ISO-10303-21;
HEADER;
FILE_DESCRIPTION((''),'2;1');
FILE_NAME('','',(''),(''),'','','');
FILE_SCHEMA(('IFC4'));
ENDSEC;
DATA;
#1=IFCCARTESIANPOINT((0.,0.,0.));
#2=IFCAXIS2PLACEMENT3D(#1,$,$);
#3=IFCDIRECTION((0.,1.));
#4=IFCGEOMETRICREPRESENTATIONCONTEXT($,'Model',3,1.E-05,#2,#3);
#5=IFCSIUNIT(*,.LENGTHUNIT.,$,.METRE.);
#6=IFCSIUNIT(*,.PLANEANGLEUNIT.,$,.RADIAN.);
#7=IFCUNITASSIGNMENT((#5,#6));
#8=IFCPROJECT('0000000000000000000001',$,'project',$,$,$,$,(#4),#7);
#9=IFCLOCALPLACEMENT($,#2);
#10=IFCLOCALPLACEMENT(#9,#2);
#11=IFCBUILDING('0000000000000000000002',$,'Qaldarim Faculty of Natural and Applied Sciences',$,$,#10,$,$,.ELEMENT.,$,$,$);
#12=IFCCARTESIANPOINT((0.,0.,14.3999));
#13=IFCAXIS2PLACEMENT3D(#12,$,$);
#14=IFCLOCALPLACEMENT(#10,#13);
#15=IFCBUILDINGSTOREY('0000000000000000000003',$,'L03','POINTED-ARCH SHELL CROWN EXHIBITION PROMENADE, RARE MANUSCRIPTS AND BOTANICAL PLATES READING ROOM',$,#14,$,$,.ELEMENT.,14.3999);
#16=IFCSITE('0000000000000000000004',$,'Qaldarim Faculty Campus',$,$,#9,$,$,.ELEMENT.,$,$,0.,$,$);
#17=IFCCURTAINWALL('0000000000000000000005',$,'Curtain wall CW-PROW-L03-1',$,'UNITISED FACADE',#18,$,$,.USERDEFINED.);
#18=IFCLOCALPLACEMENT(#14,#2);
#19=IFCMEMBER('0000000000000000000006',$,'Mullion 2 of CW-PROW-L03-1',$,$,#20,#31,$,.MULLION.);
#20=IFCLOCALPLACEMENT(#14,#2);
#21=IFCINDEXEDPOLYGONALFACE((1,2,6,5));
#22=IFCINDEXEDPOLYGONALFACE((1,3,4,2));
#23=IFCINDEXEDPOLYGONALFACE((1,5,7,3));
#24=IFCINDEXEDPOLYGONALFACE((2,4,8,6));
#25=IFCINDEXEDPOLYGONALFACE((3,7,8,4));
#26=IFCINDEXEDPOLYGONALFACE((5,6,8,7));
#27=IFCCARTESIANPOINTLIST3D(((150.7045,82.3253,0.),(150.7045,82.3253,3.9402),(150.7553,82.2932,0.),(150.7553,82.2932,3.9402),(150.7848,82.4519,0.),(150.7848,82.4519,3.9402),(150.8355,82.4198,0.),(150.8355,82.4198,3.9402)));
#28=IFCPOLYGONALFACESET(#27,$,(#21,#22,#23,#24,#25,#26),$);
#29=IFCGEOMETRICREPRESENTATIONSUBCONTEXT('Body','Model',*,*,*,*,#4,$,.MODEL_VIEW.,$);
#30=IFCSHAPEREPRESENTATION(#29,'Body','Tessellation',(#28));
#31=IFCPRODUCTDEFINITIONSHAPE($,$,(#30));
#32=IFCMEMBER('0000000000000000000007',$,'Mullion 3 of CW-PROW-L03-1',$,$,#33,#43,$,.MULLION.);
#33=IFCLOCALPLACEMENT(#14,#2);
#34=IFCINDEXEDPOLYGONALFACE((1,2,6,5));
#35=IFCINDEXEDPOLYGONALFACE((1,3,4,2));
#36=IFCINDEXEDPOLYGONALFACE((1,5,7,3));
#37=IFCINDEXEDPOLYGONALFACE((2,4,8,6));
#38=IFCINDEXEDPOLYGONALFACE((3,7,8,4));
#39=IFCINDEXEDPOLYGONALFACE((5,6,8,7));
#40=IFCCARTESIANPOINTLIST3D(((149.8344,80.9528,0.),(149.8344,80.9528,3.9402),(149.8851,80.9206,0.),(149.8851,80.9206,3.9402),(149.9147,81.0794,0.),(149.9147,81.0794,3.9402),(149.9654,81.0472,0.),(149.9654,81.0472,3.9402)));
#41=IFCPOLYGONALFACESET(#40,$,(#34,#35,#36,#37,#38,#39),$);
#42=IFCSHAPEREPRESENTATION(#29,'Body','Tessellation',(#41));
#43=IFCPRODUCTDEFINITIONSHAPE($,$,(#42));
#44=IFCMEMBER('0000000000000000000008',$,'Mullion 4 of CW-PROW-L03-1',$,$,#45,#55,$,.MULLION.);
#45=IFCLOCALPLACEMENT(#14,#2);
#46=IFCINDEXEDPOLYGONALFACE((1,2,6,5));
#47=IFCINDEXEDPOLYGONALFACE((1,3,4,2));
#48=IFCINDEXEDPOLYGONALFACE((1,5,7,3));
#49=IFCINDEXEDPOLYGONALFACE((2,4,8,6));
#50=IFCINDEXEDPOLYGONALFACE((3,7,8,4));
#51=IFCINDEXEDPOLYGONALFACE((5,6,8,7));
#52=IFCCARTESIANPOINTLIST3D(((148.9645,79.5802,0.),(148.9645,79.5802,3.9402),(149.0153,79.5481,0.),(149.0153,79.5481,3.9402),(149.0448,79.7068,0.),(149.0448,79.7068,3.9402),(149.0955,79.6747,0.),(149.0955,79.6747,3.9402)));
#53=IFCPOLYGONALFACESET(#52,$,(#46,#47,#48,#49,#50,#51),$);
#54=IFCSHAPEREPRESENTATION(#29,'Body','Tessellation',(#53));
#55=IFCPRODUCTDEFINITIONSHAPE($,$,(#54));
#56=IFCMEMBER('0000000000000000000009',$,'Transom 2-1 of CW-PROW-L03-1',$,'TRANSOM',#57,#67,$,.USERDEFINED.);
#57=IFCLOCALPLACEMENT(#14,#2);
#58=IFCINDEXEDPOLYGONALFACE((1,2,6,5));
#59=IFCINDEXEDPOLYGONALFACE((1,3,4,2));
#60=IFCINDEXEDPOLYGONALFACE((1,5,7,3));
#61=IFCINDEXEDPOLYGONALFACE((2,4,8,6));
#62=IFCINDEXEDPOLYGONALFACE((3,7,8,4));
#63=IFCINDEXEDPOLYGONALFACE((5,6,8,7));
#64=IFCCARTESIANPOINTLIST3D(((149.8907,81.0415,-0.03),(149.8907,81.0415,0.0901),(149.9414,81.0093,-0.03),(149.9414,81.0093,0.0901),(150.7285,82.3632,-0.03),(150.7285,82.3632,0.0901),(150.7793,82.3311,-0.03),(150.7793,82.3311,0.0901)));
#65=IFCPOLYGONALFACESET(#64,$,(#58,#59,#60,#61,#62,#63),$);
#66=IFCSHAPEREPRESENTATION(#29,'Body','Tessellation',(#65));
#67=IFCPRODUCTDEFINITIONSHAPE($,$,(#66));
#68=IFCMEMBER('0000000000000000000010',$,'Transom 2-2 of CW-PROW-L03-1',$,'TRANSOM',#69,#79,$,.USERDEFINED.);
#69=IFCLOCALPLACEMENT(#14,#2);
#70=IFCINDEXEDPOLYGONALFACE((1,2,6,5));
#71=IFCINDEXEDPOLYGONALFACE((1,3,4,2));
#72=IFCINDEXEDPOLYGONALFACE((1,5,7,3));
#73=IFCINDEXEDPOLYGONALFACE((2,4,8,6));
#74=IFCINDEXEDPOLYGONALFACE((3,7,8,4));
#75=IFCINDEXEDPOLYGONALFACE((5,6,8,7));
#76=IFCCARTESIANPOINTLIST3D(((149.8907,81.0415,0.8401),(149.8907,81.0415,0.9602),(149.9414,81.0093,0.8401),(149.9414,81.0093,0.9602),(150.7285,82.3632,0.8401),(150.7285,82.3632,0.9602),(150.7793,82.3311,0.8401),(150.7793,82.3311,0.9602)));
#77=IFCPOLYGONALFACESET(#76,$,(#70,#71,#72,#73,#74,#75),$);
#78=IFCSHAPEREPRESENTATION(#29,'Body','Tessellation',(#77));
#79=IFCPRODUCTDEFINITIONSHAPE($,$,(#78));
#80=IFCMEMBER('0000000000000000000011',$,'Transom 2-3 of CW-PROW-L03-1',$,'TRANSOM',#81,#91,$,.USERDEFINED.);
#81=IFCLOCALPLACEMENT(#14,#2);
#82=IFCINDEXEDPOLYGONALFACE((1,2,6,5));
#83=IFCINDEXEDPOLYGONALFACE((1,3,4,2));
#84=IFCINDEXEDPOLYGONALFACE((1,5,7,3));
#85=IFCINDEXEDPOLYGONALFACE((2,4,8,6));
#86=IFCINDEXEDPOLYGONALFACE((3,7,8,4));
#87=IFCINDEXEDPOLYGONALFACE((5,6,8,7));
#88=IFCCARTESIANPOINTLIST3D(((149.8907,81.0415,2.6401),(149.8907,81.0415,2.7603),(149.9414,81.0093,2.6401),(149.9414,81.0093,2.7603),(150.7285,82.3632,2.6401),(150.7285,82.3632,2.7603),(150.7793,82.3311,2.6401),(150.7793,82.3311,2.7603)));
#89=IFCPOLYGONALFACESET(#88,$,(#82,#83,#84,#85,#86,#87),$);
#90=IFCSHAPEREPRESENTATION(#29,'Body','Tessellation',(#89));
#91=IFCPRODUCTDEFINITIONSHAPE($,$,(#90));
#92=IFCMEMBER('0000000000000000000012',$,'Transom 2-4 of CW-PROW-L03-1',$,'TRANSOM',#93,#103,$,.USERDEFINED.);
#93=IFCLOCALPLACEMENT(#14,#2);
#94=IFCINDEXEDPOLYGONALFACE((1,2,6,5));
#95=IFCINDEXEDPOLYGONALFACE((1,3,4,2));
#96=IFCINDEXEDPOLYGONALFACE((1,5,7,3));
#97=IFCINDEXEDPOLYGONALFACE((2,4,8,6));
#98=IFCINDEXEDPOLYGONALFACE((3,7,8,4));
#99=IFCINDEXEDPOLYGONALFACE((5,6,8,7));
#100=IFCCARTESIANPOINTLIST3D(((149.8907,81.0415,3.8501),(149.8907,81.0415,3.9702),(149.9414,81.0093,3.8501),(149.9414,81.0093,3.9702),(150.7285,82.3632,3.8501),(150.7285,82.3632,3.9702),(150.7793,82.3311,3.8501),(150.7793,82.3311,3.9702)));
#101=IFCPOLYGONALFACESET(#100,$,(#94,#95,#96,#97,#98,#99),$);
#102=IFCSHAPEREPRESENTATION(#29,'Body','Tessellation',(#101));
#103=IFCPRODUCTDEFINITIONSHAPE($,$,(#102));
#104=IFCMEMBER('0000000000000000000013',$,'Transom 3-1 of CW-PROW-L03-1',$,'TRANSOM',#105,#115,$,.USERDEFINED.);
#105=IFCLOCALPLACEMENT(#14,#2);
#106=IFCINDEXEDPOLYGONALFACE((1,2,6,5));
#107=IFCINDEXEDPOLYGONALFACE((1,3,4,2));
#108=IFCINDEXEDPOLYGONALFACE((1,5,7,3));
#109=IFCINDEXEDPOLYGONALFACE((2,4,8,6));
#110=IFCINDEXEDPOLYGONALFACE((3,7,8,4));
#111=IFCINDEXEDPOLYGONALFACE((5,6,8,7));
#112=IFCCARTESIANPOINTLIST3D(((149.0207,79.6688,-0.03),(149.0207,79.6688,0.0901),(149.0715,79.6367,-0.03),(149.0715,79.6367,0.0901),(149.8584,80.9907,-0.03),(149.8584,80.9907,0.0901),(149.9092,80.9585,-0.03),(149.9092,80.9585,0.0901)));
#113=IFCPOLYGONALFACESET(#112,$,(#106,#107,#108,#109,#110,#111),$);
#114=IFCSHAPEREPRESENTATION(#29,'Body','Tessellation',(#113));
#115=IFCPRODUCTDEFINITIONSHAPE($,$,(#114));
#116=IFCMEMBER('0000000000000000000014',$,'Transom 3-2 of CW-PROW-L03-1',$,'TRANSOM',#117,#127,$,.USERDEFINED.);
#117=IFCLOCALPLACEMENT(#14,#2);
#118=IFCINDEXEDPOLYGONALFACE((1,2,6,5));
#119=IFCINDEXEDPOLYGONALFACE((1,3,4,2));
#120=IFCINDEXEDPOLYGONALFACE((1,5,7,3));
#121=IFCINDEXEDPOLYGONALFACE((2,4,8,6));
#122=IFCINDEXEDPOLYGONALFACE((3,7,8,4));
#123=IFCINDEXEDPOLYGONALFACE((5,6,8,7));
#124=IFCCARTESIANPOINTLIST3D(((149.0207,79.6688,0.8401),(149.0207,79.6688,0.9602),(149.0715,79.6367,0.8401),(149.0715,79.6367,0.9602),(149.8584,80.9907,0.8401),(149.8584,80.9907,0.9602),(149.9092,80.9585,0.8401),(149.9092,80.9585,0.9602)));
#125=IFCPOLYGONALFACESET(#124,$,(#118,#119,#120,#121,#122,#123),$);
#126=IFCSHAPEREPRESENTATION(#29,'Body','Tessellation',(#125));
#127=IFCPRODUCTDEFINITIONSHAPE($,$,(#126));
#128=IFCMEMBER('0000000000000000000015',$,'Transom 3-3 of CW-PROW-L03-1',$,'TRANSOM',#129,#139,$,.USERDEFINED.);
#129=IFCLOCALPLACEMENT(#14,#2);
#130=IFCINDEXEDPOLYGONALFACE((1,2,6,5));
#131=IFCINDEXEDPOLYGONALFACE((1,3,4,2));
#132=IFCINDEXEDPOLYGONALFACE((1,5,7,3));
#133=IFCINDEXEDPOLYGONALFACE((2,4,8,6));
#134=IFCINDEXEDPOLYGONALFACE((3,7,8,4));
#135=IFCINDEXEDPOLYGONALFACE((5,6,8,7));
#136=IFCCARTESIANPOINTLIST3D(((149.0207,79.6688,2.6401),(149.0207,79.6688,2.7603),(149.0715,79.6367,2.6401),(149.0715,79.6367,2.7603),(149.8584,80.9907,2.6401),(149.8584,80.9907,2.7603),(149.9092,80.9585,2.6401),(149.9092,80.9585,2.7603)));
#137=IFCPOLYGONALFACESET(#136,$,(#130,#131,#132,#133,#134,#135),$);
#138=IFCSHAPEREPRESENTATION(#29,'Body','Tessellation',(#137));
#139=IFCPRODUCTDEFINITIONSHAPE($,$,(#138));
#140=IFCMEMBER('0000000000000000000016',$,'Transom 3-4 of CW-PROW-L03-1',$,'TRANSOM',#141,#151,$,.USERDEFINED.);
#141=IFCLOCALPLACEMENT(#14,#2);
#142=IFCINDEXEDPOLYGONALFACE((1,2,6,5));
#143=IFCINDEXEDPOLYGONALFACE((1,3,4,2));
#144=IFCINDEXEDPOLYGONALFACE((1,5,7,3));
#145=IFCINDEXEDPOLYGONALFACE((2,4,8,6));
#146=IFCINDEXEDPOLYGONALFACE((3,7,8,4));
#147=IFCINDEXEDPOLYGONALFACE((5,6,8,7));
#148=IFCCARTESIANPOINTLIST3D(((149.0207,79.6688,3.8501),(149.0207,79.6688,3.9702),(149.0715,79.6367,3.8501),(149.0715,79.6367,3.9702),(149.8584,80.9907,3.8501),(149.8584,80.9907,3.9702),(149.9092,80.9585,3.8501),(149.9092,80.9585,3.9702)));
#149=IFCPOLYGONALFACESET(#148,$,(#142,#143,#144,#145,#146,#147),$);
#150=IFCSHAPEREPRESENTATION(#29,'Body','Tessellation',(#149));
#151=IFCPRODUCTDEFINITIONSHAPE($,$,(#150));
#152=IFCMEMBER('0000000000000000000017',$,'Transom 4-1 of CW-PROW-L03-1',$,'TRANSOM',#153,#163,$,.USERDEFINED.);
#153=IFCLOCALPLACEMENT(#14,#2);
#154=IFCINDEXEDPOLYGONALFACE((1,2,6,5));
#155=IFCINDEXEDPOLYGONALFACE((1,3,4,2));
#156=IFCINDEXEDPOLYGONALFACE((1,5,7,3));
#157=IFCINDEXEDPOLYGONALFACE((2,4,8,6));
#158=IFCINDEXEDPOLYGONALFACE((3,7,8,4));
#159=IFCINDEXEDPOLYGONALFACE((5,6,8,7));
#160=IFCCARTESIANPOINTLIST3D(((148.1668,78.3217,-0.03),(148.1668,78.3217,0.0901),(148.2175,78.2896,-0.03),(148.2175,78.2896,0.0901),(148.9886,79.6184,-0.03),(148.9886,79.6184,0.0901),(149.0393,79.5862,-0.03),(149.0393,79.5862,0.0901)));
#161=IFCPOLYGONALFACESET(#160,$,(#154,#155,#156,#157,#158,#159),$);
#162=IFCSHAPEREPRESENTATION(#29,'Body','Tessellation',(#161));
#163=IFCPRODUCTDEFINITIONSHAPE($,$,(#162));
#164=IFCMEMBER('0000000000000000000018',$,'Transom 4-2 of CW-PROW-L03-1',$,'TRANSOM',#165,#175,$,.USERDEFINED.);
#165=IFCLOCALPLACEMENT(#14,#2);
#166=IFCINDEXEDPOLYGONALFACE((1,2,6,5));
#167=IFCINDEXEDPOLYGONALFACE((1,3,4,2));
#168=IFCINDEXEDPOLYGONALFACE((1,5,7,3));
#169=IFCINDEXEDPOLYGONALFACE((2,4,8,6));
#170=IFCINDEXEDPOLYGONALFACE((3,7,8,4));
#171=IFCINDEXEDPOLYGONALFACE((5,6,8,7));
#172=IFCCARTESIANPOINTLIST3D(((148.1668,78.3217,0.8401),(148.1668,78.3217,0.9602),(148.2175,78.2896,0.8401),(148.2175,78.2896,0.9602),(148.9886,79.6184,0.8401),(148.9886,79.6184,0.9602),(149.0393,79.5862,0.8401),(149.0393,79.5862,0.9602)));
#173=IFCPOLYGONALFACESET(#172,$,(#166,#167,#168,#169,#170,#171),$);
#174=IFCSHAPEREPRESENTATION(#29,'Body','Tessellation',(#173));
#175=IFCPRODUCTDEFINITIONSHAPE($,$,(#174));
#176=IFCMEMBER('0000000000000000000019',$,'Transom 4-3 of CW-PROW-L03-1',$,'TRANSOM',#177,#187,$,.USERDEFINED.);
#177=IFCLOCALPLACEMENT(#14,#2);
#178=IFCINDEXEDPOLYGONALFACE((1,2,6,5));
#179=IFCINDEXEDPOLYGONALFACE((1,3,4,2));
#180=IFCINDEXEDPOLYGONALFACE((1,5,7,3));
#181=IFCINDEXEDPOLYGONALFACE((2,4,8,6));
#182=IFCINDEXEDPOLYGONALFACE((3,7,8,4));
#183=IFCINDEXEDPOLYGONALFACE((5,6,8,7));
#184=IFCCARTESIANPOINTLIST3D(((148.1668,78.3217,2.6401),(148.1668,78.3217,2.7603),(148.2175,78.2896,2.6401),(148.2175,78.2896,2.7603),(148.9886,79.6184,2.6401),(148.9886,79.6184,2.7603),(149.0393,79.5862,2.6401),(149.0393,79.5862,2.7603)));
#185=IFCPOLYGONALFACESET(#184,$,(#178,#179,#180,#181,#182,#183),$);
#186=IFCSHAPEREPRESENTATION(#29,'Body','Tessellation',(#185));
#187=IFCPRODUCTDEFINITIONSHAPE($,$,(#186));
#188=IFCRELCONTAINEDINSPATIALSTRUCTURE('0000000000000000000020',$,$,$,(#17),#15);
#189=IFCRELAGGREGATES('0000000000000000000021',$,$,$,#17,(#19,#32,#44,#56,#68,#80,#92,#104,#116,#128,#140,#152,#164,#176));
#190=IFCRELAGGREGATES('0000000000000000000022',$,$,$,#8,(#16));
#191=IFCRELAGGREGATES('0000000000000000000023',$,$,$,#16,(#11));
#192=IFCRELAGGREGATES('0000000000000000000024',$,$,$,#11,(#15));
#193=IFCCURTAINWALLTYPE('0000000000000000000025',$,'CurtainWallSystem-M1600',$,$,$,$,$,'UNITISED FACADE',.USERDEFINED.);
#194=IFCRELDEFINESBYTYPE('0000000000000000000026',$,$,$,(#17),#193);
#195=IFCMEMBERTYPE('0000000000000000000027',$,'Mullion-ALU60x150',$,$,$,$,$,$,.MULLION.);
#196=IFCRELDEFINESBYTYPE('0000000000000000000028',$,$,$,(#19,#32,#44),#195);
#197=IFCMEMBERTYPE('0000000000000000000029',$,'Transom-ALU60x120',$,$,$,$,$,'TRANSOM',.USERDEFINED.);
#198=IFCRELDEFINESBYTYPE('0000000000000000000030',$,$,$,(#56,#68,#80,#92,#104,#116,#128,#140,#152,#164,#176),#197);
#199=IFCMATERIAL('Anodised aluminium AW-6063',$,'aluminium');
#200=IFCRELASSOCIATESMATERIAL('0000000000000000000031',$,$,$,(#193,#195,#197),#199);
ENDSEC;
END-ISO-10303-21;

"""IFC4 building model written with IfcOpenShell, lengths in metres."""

from ifc_helpers import new_model, si_unit, direction, frame, origin, origin_2d, place, context, subcontext, project, spatial, rectangle, extrude, material, material_profile, profile_set, type_object, element, aggregate, save


model = new_model("IFC4")

# Units and contexts
model_context = context("Model", 3, precision=1e-05, world=origin(), true_north=direction((0.0, 1.0)))
body_context = subcontext(model_context, "Body", "Model", "MODEL_VIEW")
ifc_project = project(units=[si_unit("LENGTHUNIT", "METRE"), si_unit("PLANEANGLEUNIT", "RADIAN")], contexts=[model_context])

# Site, building, storey
site_placement = place(None, origin())
site = spatial("IfcSite", under=ifc_project, at=site_placement, Name="Qaldarim Faculty Campus", CompositionType="ELEMENT", RefElevation=0.0)
building_placement = place(site_placement, origin())
building = spatial("IfcBuilding", under=site, at=building_placement, Name="Qaldarim Faculty of Natural and Applied Sciences", CompositionType="ELEMENT")
storey_placement = place(building_placement, frame((0.0, 0.0, 14.3999)))
storey = spatial("IfcBuildingStorey", under=building, at=storey_placement, Name="L03", Description="POINTED-ARCH SHELL CROWN EXHIBITION PROMENADE, RARE MANUSCRIPTS AND BOTANICAL PLATES READING ROOM", CompositionType="ELEMENT", Elevation=14.3999)

# Curtain wall, members
ifc_material_1 = material(Name="Anodised aluminium AW-6063", Category="aluminium")
curtain_wall_type = type_object("IfcCurtainWallType", Name="CurtainWallSystem-M1600", ElementType="UNITISED FACADE", PredefinedType="USERDEFINED", material=ifc_material_1)
curtain_wall_placement = place(storey_placement, origin())
curtain_wall = element("IfcCurtainWall", 1, at=curtain_wall_placement, inside=storey, type_object=curtain_wall_type, Name="Curtain wall CW-PROW-L03-1", ObjectType="UNITISED FACADE", PredefinedType="USERDEFINED")
ifc_material_profile_1 = material_profile(ifc_material_1, rectangle(XDim=0.0601, YDim=0.1499, at=origin_2d()), Name="ALU-M60x150")
ifc_profile_set_1 = profile_set([ifc_material_profile_1], Name="Anodised aluminium AW-6063")
member_type_1 = type_object("IfcMemberType", Name="Mullion-ALU60x150", PredefinedType="MULLION", material=ifc_profile_set_1)
member_1_placement = place(storey_placement, frame((150.77, 82.3726, 0.0), z_axis=(0.0, 0.0, 1.0), x_axis=(0.844608, -0.535385, 0.0)))
member_1 = element("IfcMember", 2, at=member_1_placement, type_object=member_type_1, Name="Mullion 2 of CW-PROW-L03-1", PredefinedType="MULLION", context=body_context, shape_type="SweptSolid", body=[
    extrude(rectangle(XDim=0.0601, YDim=0.1499, at=origin_2d()), origin(), (0.0, 0.0, 1.0), 3.9402),
])
member_2_placement = place(storey_placement, frame((149.8999, 81.0, 0.0), z_axis=(0.0, 0.0, 1.0), x_axis=(0.844608, -0.535385, 0.0)))
member_2 = element("IfcMember", 3, at=member_2_placement, type_object=member_type_1, Name="Mullion 3 of CW-PROW-L03-1", PredefinedType="MULLION", context=body_context, shape_type="SweptSolid", body=[
    extrude(rectangle(XDim=0.0601, YDim=0.1499, at=origin_2d()), origin(), (0.0, 0.0, 1.0), 3.9402),
])
member_3_placement = place(storey_placement, frame((149.03, 79.6274, 0.0), z_axis=(0.0, 0.0, 1.0), x_axis=(0.844608, -0.535385, 0.0)))
member_3 = element("IfcMember", 4, at=member_3_placement, type_object=member_type_1, Name="Mullion 4 of CW-PROW-L03-1", PredefinedType="MULLION", context=body_context, shape_type="SweptSolid", body=[
    extrude(rectangle(XDim=0.0601, YDim=0.1499, at=origin_2d()), origin(), (0.0, 0.0, 1.0), 3.9402),
])
ifc_material_profile_2 = material_profile(ifc_material_1, rectangle(XDim=0.0601, YDim=0.1201, at=origin_2d()), Name="ALU-T60x120")
ifc_profile_set_2 = profile_set([ifc_material_profile_2], Name="Anodised aluminium AW-6063")
member_type_2 = type_object("IfcMemberType", Name="Transom-ALU60x120", ElementType="TRANSOM", PredefinedType="USERDEFINED", material=ifc_profile_set_2)
member_4_placement = place(storey_placement, frame((150.7539, 82.3472, 0.03), z_axis=(-0.535401, -0.844598, 0.0), x_axis=(0.844598, -0.535401, 0.0)))
member_4 = element("IfcMember", 5, at=member_4_placement, type_object=member_type_2, Name="Transom 2-1 of CW-PROW-L03-1", ObjectType="TRANSOM", PredefinedType="USERDEFINED", context=body_context, shape_type="SweptSolid", body=[
    extrude(rectangle(XDim=0.0601, YDim=0.1201, at=origin_2d()), origin(), (0.0, 0.0, 1.0), 1.5649),
])
member_5_placement = place(storey_placement, frame((150.7539, 82.3472, 0.9001), z_axis=(-0.535401, -0.844598, 0.0), x_axis=(0.844598, -0.535401, 0.0)))
member_5 = element("IfcMember", 6, at=member_5_placement, type_object=member_type_2, Name="Transom 2-2 of CW-PROW-L03-1", ObjectType="TRANSOM", PredefinedType="USERDEFINED", context=body_context, shape_type="SweptSolid", body=[
    extrude(rectangle(XDim=0.0601, YDim=0.1201, at=origin_2d()), origin(), (0.0, 0.0, 1.0), 1.5649),
])
member_6_placement = place(storey_placement, frame((150.7539, 82.3472, 2.7002), z_axis=(-0.535401, -0.844598, 0.0), x_axis=(0.844598, -0.535401, 0.0)))
member_6 = element("IfcMember", 7, at=member_6_placement, type_object=member_type_2, Name="Transom 2-3 of CW-PROW-L03-1", ObjectType="TRANSOM", PredefinedType="USERDEFINED", context=body_context, shape_type="SweptSolid", body=[
    extrude(rectangle(XDim=0.0601, YDim=0.1201, at=origin_2d()), origin(), (0.0, 0.0, 1.0), 1.5649),
])
member_7_placement = place(storey_placement, frame((150.7539, 82.3472, 3.9102), z_axis=(-0.535401, -0.844598, 0.0), x_axis=(0.844598, -0.535401, 0.0)))
member_7 = element("IfcMember", 8, at=member_7_placement, type_object=member_type_2, Name="Transom 2-4 of CW-PROW-L03-1", ObjectType="TRANSOM", PredefinedType="USERDEFINED", context=body_context, shape_type="SweptSolid", body=[
    extrude(rectangle(XDim=0.0601, YDim=0.1201, at=origin_2d()), origin(), (0.0, 0.0, 1.0), 1.5649),
])
member_8_placement = place(storey_placement, frame((149.8838, 80.9746, 0.03), z_axis=(-0.53529, -0.844669, 0.0), x_axis=(0.844669, -0.53529, 0.0)))
member_8 = element("IfcMember", 9, at=member_8_placement, type_object=member_type_2, Name="Transom 3-1 of CW-PROW-L03-1", ObjectType="TRANSOM", PredefinedType="USERDEFINED", context=body_context, shape_type="SweptSolid", body=[
    extrude(rectangle(XDim=0.0601, YDim=0.1201, at=origin_2d()), origin(), (0.0, 0.0, 1.0), 1.5649),
])
member_9_placement = place(storey_placement, frame((149.8838, 80.9746, 0.9001), z_axis=(-0.53529, -0.844669, 0.0), x_axis=(0.844669, -0.53529, 0.0)))
member_9 = element("IfcMember", 10, at=member_9_placement, type_object=member_type_2, Name="Transom 3-2 of CW-PROW-L03-1", ObjectType="TRANSOM", PredefinedType="USERDEFINED", context=body_context, shape_type="SweptSolid", body=[
    extrude(rectangle(XDim=0.0601, YDim=0.1201, at=origin_2d()), origin(), (0.0, 0.0, 1.0), 1.5649),
])
member_10_placement = place(storey_placement, frame((149.8838, 80.9746, 2.7002), z_axis=(-0.53529, -0.844669, 0.0), x_axis=(0.844669, -0.53529, 0.0)))
member_10 = element("IfcMember", 11, at=member_10_placement, type_object=member_type_2, Name="Transom 3-3 of CW-PROW-L03-1", ObjectType="TRANSOM", PredefinedType="USERDEFINED", context=body_context, shape_type="SweptSolid", body=[
    extrude(rectangle(XDim=0.0601, YDim=0.1201, at=origin_2d()), origin(), (0.0, 0.0, 1.0), 1.5649),
])
member_11_placement = place(storey_placement, frame((149.8838, 80.9746, 3.9102), z_axis=(-0.53529, -0.844669, 0.0), x_axis=(0.844669, -0.53529, 0.0)))
member_11 = element("IfcMember", 12, at=member_11_placement, type_object=member_type_2, Name="Transom 3-4 of CW-PROW-L03-1", ObjectType="TRANSOM", PredefinedType="USERDEFINED", context=body_context, shape_type="SweptSolid", body=[
    extrude(rectangle(XDim=0.0601, YDim=0.1201, at=origin_2d()), origin(), (0.0, 0.0, 1.0), 1.5649),
])
member_12_placement = place(storey_placement, frame((149.0139, 79.6023, 0.03), z_axis=(-0.535321, -0.844649, 0.0), x_axis=(0.844649, -0.535321, 0.0)))
member_12 = element("IfcMember", 13, at=member_12_placement, type_object=member_type_2, Name="Transom 4-1 of CW-PROW-L03-1", ObjectType="TRANSOM", PredefinedType="USERDEFINED", context=body_context, shape_type="SweptSolid", body=[
    extrude(rectangle(XDim=0.0601, YDim=0.1201, at=origin_2d()), origin(), (0.0, 0.0, 1.0), 1.5352),
])
member_13_placement = place(storey_placement, frame((149.0139, 79.6023, 0.9001), z_axis=(-0.535321, -0.844649, 0.0), x_axis=(0.844649, -0.535321, 0.0)))
member_13 = element("IfcMember", 14, at=member_13_placement, type_object=member_type_2, Name="Transom 4-2 of CW-PROW-L03-1", ObjectType="TRANSOM", PredefinedType="USERDEFINED", context=body_context, shape_type="SweptSolid", body=[
    extrude(rectangle(XDim=0.0601, YDim=0.1201, at=origin_2d()), origin(), (0.0, 0.0, 1.0), 1.5352),
])
member_14_placement = place(storey_placement, frame((149.0139, 79.6023, 2.7002), z_axis=(-0.535321, -0.844649, 0.0), x_axis=(0.844649, -0.535321, 0.0)))
member_14 = element("IfcMember", 15, at=member_14_placement, type_object=member_type_2, Name="Transom 4-3 of CW-PROW-L03-1", ObjectType="TRANSOM", PredefinedType="USERDEFINED", context=body_context, shape_type="SweptSolid", body=[
    extrude(rectangle(XDim=0.0601, YDim=0.1201, at=origin_2d()), origin(), (0.0, 0.0, 1.0), 1.5352),
])
aggregate(curtain_wall, [member_1, member_2, member_3, member_4, member_5, member_6, member_7, member_8, member_9, member_10, member_11, member_12, member_13, member_14])

save(model, "model.ifc")
